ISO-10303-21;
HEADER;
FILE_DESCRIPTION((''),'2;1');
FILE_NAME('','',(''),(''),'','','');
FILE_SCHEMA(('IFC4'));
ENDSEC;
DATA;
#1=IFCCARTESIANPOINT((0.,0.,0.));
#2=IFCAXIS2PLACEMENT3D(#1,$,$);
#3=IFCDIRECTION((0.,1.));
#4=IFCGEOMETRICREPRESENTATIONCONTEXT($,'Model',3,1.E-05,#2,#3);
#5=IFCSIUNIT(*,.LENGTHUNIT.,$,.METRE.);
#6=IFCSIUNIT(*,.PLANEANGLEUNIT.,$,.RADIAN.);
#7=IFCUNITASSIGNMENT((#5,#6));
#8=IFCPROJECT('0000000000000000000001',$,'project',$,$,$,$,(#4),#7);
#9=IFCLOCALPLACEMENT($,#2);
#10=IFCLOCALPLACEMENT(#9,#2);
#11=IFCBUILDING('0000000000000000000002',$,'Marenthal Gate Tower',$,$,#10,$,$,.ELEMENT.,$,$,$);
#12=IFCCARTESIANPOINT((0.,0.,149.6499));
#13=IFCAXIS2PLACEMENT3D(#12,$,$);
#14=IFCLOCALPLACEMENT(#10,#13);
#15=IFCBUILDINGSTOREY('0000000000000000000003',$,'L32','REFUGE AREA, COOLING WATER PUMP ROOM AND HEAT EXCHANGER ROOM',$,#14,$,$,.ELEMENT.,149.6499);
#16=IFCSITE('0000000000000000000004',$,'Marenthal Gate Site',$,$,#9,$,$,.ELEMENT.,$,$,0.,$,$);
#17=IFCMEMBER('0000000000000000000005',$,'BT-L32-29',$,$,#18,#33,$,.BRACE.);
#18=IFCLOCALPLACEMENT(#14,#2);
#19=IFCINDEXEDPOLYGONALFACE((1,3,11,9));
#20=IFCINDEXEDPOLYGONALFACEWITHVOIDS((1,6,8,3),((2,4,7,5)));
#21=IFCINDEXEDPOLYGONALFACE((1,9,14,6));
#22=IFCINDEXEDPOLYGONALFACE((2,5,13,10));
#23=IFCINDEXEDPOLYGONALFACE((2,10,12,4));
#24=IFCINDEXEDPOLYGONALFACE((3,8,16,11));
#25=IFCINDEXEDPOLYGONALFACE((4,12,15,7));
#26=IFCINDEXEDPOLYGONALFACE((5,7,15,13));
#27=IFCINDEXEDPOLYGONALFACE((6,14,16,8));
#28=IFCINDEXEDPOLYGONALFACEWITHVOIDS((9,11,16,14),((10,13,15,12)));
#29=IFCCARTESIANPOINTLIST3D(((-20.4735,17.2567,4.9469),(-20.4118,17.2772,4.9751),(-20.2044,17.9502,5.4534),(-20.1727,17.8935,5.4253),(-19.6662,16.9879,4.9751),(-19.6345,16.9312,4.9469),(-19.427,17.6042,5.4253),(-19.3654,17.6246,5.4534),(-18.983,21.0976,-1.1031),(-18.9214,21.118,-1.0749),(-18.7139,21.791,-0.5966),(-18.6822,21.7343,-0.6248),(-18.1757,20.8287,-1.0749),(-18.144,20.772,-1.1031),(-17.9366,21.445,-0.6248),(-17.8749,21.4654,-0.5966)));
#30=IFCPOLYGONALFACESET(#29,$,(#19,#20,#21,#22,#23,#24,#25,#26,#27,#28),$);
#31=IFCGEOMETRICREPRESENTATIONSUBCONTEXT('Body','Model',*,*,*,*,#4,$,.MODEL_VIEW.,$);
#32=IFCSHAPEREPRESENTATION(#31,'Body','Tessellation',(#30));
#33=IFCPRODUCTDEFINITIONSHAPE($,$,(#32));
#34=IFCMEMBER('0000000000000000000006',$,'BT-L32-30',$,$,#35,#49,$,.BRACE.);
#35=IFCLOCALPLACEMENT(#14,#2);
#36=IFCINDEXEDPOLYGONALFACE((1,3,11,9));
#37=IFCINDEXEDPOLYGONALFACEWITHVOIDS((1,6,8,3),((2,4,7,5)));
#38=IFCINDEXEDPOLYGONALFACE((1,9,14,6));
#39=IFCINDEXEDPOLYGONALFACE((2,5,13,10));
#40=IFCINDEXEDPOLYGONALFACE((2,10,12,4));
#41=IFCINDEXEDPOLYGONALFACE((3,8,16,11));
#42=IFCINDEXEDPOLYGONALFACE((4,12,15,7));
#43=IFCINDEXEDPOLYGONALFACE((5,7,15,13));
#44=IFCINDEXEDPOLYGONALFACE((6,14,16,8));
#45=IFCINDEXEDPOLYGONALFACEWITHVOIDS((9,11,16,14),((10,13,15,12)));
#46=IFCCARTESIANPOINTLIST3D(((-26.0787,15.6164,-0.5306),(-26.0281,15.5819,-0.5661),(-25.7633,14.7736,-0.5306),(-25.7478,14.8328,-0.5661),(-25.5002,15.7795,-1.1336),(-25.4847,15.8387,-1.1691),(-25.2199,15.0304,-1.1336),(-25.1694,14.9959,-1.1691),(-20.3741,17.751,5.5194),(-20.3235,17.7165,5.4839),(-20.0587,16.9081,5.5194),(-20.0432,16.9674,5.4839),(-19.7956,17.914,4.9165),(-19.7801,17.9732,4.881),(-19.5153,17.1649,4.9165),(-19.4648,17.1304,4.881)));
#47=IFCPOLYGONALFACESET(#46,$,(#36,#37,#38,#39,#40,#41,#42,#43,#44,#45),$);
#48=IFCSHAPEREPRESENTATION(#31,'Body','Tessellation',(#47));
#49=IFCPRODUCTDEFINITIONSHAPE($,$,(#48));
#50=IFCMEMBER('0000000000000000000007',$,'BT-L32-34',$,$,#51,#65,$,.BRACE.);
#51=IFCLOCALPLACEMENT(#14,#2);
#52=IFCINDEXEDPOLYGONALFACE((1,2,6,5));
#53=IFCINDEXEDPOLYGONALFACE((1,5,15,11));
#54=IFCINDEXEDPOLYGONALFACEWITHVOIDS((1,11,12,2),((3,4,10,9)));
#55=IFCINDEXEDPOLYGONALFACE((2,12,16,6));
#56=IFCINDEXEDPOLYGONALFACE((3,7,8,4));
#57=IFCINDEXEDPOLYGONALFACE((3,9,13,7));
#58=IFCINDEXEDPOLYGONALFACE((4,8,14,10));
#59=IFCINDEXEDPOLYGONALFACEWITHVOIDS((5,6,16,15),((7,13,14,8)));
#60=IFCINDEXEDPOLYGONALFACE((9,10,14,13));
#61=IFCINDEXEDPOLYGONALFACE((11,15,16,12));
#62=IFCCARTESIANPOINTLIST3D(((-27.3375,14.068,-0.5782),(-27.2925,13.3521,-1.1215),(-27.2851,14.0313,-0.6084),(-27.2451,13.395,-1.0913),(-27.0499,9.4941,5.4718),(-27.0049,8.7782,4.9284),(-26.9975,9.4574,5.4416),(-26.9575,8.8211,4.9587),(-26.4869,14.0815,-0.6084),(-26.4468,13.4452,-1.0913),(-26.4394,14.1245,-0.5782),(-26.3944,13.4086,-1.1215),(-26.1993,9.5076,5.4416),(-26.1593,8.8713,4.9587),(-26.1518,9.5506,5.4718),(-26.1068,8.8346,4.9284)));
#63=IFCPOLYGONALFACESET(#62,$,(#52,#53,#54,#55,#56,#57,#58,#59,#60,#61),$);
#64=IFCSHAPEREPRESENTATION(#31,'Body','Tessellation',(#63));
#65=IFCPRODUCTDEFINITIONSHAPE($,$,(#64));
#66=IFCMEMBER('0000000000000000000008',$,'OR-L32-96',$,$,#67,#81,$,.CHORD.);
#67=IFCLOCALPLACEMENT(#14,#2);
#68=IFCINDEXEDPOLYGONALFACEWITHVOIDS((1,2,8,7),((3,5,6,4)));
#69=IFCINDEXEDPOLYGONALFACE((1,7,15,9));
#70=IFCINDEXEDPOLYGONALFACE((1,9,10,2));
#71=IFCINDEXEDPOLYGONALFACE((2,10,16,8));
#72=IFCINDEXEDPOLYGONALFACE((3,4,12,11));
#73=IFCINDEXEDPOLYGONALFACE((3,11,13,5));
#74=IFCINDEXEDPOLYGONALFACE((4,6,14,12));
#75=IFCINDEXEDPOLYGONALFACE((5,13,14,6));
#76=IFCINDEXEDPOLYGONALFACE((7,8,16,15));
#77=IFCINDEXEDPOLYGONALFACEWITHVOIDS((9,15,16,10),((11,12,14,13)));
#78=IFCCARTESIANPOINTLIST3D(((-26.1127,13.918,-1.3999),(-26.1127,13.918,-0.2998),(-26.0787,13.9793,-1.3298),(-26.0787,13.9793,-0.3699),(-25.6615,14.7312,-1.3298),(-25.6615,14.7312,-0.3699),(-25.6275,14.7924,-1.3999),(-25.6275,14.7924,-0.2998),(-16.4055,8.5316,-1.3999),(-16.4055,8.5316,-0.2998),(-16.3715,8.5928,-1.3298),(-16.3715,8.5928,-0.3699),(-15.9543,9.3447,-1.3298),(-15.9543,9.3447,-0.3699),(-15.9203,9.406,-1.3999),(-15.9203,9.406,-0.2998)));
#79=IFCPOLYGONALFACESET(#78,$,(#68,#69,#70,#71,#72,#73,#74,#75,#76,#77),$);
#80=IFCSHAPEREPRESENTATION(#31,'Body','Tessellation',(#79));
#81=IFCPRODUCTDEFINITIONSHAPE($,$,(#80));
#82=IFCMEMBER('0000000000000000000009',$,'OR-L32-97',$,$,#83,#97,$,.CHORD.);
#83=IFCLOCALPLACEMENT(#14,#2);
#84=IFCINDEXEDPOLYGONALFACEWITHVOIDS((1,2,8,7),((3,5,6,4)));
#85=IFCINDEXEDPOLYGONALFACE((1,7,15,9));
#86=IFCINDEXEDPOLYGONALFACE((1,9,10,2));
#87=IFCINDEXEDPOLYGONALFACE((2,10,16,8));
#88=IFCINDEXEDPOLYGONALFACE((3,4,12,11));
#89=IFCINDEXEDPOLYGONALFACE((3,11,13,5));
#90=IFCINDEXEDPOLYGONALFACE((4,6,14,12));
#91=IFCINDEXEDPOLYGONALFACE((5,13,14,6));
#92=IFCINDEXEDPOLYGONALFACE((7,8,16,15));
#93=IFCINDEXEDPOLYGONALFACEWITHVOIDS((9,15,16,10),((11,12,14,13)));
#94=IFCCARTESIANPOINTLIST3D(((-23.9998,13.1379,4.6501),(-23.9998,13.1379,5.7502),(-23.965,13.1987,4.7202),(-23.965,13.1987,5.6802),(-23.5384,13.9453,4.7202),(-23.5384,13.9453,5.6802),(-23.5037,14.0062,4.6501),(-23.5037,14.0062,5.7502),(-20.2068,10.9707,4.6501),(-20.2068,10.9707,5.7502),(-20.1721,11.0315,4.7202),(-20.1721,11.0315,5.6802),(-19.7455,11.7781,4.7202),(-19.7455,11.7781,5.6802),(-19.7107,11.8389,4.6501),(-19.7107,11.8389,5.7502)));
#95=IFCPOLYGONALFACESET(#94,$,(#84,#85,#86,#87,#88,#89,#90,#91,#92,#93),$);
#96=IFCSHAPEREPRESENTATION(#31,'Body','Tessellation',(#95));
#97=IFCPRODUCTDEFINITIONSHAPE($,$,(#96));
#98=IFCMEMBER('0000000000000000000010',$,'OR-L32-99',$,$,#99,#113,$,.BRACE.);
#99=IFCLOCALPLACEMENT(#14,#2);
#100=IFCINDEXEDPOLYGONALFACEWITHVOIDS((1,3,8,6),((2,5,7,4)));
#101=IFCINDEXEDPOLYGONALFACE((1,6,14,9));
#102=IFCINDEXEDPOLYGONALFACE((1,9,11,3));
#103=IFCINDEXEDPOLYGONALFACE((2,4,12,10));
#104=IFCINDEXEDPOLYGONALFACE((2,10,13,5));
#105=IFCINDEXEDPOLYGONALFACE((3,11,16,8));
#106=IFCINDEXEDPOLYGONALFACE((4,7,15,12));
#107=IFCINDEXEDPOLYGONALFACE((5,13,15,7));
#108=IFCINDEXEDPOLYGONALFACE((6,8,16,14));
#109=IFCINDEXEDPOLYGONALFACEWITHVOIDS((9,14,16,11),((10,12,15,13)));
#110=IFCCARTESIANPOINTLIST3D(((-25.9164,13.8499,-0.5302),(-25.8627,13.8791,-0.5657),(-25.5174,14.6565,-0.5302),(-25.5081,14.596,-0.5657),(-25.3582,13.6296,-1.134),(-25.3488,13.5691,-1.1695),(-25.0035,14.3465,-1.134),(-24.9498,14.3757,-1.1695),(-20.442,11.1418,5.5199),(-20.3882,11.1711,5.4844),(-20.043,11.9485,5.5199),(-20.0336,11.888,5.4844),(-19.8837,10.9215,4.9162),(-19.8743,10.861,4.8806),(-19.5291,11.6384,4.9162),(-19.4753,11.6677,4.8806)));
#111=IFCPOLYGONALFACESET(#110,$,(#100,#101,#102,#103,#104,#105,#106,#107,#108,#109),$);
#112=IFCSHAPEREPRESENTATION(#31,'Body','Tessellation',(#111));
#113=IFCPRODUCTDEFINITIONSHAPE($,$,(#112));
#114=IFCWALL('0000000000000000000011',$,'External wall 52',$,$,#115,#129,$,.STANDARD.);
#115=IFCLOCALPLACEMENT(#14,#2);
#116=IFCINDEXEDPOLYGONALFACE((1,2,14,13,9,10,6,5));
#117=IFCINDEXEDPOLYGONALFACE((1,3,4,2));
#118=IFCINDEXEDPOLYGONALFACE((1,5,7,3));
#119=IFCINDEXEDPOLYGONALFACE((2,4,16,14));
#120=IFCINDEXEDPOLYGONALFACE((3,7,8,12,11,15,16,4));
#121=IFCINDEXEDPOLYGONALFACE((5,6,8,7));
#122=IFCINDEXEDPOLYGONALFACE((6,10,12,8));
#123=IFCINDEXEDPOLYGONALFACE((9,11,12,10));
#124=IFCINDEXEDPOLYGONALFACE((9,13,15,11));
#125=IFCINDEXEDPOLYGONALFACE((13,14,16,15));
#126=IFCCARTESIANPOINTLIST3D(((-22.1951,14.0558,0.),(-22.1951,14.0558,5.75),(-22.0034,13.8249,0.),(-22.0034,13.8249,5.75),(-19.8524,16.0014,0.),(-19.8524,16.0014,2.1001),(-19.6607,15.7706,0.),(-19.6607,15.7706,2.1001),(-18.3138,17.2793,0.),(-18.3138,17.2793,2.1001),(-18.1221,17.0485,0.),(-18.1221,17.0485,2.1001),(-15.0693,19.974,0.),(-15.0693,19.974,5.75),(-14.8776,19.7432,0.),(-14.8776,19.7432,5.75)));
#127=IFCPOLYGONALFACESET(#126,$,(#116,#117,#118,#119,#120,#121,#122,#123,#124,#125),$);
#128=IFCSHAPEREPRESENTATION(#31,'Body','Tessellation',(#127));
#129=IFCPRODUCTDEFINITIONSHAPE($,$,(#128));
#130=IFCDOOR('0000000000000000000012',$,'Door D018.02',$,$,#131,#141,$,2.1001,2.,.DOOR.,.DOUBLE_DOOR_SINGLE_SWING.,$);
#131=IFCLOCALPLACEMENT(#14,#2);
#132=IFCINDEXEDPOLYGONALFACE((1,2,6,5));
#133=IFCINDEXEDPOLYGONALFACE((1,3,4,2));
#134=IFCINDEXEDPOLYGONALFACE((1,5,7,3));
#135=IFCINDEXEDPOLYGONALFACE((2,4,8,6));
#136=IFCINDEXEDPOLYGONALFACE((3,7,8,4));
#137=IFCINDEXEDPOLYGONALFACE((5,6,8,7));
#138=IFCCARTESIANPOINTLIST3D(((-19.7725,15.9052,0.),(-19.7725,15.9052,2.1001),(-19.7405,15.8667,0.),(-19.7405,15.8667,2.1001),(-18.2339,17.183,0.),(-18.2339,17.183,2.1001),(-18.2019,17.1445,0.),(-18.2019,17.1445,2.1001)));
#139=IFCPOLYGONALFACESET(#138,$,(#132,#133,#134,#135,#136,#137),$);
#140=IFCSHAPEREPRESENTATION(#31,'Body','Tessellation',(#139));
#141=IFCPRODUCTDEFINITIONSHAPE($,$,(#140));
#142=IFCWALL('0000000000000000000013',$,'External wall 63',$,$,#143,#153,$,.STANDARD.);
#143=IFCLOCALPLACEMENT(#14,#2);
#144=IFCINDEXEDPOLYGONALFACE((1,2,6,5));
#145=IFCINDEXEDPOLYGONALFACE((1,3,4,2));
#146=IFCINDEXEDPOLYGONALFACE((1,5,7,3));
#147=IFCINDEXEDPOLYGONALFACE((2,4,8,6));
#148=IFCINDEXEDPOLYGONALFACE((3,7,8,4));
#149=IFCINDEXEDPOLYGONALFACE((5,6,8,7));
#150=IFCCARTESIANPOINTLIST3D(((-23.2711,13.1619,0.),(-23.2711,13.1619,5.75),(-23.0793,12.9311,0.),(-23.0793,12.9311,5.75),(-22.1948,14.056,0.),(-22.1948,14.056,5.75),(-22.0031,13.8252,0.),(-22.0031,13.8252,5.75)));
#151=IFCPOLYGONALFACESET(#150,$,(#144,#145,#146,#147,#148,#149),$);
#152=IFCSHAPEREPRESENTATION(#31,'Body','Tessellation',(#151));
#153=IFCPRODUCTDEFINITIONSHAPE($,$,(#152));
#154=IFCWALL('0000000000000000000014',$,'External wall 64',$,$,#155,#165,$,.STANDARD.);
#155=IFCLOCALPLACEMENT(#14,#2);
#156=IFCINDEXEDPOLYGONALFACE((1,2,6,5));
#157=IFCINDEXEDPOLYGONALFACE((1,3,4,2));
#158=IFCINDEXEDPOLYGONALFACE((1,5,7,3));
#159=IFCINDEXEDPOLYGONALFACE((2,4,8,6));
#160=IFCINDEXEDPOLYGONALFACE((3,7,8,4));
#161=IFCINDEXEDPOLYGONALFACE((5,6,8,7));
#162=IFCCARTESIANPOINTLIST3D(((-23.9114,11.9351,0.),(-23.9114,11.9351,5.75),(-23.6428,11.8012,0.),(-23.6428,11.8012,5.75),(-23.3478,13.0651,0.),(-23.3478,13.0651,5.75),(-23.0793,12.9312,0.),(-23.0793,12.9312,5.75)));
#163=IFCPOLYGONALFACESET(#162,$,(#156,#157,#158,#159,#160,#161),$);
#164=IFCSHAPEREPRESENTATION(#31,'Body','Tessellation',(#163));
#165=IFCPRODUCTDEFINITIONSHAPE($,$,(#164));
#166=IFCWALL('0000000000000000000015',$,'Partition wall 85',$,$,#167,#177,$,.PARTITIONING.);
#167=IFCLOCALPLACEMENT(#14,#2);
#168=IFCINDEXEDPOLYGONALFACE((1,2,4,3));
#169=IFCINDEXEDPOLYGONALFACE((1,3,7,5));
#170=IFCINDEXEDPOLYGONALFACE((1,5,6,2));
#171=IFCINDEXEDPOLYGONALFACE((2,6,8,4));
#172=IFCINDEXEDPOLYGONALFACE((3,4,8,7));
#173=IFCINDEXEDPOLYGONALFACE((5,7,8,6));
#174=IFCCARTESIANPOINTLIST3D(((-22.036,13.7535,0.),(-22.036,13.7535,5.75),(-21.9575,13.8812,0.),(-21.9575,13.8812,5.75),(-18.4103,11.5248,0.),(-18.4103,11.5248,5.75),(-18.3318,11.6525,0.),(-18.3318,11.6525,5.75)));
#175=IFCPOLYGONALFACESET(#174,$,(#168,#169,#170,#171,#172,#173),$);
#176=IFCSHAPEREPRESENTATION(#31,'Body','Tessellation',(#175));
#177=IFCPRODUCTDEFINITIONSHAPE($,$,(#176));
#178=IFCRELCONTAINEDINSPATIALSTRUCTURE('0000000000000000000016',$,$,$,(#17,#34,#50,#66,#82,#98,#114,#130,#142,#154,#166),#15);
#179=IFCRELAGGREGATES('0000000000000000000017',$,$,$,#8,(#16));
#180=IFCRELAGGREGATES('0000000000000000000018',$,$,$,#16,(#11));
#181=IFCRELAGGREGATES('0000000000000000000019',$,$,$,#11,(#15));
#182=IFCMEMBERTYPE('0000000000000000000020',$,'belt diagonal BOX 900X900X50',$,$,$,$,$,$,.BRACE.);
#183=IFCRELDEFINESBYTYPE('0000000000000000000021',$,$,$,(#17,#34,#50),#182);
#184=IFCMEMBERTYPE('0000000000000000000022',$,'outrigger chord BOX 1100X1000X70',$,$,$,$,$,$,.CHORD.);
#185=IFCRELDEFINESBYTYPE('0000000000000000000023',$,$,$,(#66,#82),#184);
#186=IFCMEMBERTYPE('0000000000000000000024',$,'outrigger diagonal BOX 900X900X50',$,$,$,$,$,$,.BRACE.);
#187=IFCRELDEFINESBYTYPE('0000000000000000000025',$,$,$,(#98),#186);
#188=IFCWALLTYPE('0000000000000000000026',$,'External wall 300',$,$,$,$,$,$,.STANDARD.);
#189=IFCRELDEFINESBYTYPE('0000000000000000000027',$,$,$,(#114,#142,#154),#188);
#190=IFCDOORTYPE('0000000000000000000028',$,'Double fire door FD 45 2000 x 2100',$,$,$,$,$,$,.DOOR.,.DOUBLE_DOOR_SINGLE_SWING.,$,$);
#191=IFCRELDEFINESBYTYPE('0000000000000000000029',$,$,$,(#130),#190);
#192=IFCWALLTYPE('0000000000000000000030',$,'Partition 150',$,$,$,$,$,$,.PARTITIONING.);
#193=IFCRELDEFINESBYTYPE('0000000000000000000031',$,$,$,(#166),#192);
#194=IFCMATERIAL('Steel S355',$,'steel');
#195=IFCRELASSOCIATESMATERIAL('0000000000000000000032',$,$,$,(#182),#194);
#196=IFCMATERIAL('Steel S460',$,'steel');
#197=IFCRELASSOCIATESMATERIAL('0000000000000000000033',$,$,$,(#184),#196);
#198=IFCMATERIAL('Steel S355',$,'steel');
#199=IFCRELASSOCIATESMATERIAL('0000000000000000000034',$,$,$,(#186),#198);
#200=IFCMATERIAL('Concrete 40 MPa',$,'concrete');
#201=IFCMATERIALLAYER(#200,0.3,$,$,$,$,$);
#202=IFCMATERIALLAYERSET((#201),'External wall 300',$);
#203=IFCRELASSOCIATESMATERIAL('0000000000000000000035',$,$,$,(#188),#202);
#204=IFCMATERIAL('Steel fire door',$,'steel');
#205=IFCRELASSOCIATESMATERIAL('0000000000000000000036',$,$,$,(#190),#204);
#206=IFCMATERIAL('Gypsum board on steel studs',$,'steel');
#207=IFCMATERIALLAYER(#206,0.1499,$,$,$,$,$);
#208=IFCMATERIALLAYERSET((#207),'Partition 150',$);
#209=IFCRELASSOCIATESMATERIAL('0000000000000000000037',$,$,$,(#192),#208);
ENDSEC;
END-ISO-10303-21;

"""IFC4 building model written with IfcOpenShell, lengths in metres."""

from ifc_helpers import new_model, si_unit, direction, frame, frame_2d, origin, origin_2d, place, context, subcontext, project, spatial, rectangle, hollow_rectangle, extrude, material, layer, layer_set, material_profile, profile_set, type_object, element, fill, save


model = new_model("IFC4")

# Units and contexts
model_context = context("Model", 3, precision=1e-05, world=origin(), true_north=direction((0.0, 1.0)))
body_context = subcontext(model_context, "Body", "Model", "MODEL_VIEW")
ifc_project = project(units=[si_unit("LENGTHUNIT", "METRE"), si_unit("PLANEANGLEUNIT", "RADIAN")], contexts=[model_context])

# Site, building, storey
site_placement = place(None, origin())
site = spatial("IfcSite", under=ifc_project, at=site_placement, Name="Marenthal Gate Site", CompositionType="ELEMENT", RefElevation=0.0)
building_placement = place(site_placement, origin())
building = spatial("IfcBuilding", under=site, at=building_placement, Name="Marenthal Gate Tower", CompositionType="ELEMENT")
storey_placement = place(building_placement, frame((0.0, 0.0, 149.6499)))
storey = spatial("IfcBuildingStorey", under=building, at=storey_placement, Name="L32", Description="REFUGE AREA, COOLING WATER PUMP ROOM AND HEAT EXCHANGER ROOM", CompositionType="ELEMENT", Elevation=149.6499)

# Members
ifc_material_1 = material(Name="Steel S355", Category="steel")
ifc_material_profile_1 = material_profile(ifc_material_1, hollow_rectangle(XDim=0.8999, YDim=0.8999, WallThickness=0.05, at=origin_2d()), Name="BOX 900X900X50")
ifc_profile_set_1 = profile_set([ifc_material_profile_1], Name="Steel S355")
member_type_1 = type_object("IfcMemberType", Name="belt diagonal BOX 900X900X50", PredefinedType="BRACE", material=ifc_profile_set_1)
member_1_placement = place(storey_placement, frame((-18.429, 21.2815, -0.8499), z_axis=(-0.203628, -0.524731, 0.826555), x_axis=(0.932265, -0.361777, 0.0)))
element("IfcMember", 1, at=member_1_placement, inside=storey, type_object=member_type_1, Name="BT-L32-29", PredefinedType="BRACE", context=body_context, shape_type="SweptSolid", body=[
    extrude(hollow_rectangle(XDim=0.8999, YDim=0.8999, WallThickness=0.05, at=origin_2d()), origin(), (0.0, 0.0, 1.0), 7.3196),
])
member_2_placement = place(storey_placement, frame((-19.9194, 17.4407, 5.2002), z_axis=(-0.664486, -0.248635, -0.704726), x_axis=(0.350447, -0.936583, 0.0)))
element("IfcMember", 2, at=member_2_placement, inside=storey, type_object=member_type_1, Name="BT-L32-30", PredefinedType="BRACE", context=body_context, shape_type="SweptSolid", body=[
    extrude(hollow_rectangle(XDim=0.8999, YDim=0.8999, WallThickness=0.05, at=origin_2d()), origin(), (0.0, 0.0, 1.0), 8.585),
])
member_3_placement = place(storey_placement, frame((-26.866, 13.7383, -0.8499), z_axis=(0.037892, -0.602637, 0.797115), x_axis=(0.998029, 0.062753, 0.0)))
element("IfcMember", 3, at=member_3_placement, inside=storey, type_object=member_type_1, Name="BT-L32-34", PredefinedType="BRACE", context=body_context, shape_type="SweptSolid", body=[
    extrude(hollow_rectangle(XDim=0.8999, YDim=0.8999, WallThickness=0.05, at=origin_2d()), origin(), (0.0, 0.0, 1.0), 7.5898),
])
ifc_material_2 = material(Name="Steel S460", Category="steel")
ifc_material_profile_2 = material_profile(ifc_material_2, hollow_rectangle(XDim=1.0, YDim=1.1001, WallThickness=0.0701, at=origin_2d()), Name="BOX 1100X1000X70")
ifc_profile_set_2 = profile_set([ifc_material_profile_2], Name="Steel S460")
member_type_2 = type_object("IfcMemberType", Name="outrigger chord BOX 1100X1000X70", PredefinedType="CHORD", material=ifc_profile_set_2)
member_4_placement = place(storey_placement, frame((-25.8701, 14.3552, -0.8499), z_axis=(0.874404, -0.485198, 0.0), x_axis=(0.485198, 0.874404, 0.0)))
element("IfcMember", 4, at=member_4_placement, inside=storey, type_object=member_type_2, Name="OR-L32-96", PredefinedType="CHORD", context=body_context, shape_type="SweptSolid", body=[
    extrude(hollow_rectangle(XDim=1.0, YDim=1.1001, WallThickness=0.0701, at=origin_2d()), origin(), (0.0, 0.0, 1.0), 11.1016),
])
member_5_placement = place(storey_placement, frame((-23.7517, 13.572, 5.2002), z_axis=(0.86826, -0.496109, 0.0), x_axis=(0.496109, 0.86826, 0.0)))
element("IfcMember", 5, at=member_5_placement, inside=storey, type_object=member_type_2, Name="OR-L32-97", PredefinedType="CHORD", context=body_context, shape_type="SweptSolid", body=[
    extrude(hollow_rectangle(XDim=1.0, YDim=1.1001, WallThickness=0.0701, at=origin_2d()), origin(), (0.0, 0.0, 1.0), 4.3684),
])
ifc_material_3 = material(Name="Steel S355", Category="steel")
ifc_material_profile_3 = material_profile(ifc_material_3, hollow_rectangle(XDim=0.8999, YDim=0.8999, WallThickness=0.05, at=origin_2d()), Name="BOX 900X900X50")
ifc_profile_set_3 = profile_set([ifc_material_profile_3], Name="Steel S355")
member_type_3 = type_object("IfcMemberType", Name="outrigger diagonal BOX 900X900X50", PredefinedType="BRACE", material=ifc_profile_set_3)
member_6_placement = place(storey_placement, frame((-25.4331, 14.1128, -0.8499), z_axis=(0.636791, -0.315002, 0.703755), x_axis=(0.443388, 0.89633, 0.0)))
element("IfcMember", 6, at=member_6_placement, inside=storey, type_object=member_type_3, Name="OR-L32-99", PredefinedType="BRACE", context=body_context, shape_type="SweptSolid", body=[
    extrude(hollow_rectangle(XDim=0.8999, YDim=0.8999, WallThickness=0.05, at=origin_2d()), origin(), (0.0, 0.0, 1.0), 8.5969),
])

# Wall, opening, door
ifc_material_4 = material(Name="Concrete 40 MPa", Category="concrete")
ifc_layer_1 = layer(ifc_material_4, 0.3)
ifc_layer_set_1 = layer_set([ifc_layer_1], Name="External wall 300")
wall_type_1 = type_object("IfcWallType", Name="External wall 300", PredefinedType="STANDARD", material=ifc_layer_set_1)
wall_1_placement = place(storey_placement, frame((-22.0991, 13.9404, 0.0), z_axis=(0.0, 0.0, 1.0), x_axis=(0.769277, 0.638916, 0.0)))
wall_1 = element("IfcWall", 7, at=wall_1_placement, inside=storey, type_object=wall_type_1, Name="External wall 52", PredefinedType="STANDARD", context=body_context, shape_type="SweptSolid", body=[
    extrude(rectangle(XDim=9.2629, YDim=0.3, at=frame_2d((4.6313, 0.0))), origin(), (0.0, 0.0, 1.0), 5.75),
])
opening_placement = place(wall_1_placement, frame((3.0452, 0.0, 0.0)))
opening = element("IfcOpeningElement", 8, at=opening_placement, cuts=wall_1, PredefinedType="OPENING", context=body_context, shape_type="SweptSolid", body=[
    extrude(rectangle(XDim=2.0, YDim=2.1001, at=frame_2d((1.0, 1.05))), frame((0.0, 0.1602, 0.0), z_axis=(0.0, -1.0, 0.0), x_axis=(1.0, 0.0, 0.0)), (0.0, 0.0, 1.0), 0.3201),
])
ifc_material_5 = material(Name="Steel fire door", Category="steel")
door_type = type_object("IfcDoorType", Name="Double fire door FD 45 2000 x 2100", OperationType="DOUBLE_DOOR_SINGLE_SWING", PredefinedType="DOOR", material=ifc_material_5)
door_placement = place(opening_placement, origin())
door = element("IfcDoor", 9, at=door_placement, inside=storey, type_object=door_type, Name="Door D018.02", OperationType="DOUBLE_DOOR_SINGLE_SWING", OverallHeight=2.1001, OverallWidth=2.0, PredefinedType="DOOR", context=body_context, shape_type="SweptSolid", body=[
    extrude(rectangle(XDim=2.0, YDim=2.1001, at=frame_2d((1.0, 1.05))), frame((0.0, 0.0249, 0.0), z_axis=(0.0, -1.0, 0.0), x_axis=(1.0, 0.0, 0.0)), (0.0, 0.0, 1.0), 0.05),
])
fill(opening, door)

# Walls
wall_2_placement = place(storey_placement, frame((-23.1753, 13.0464, 0.0), z_axis=(0.0, 0.0, 1.0), x_axis=(0.769193, 0.639017, 0.0)))
element("IfcWall", 10, at=wall_2_placement, inside=storey, type_object=wall_type_1, Name="External wall 63", PredefinedType="STANDARD", context=body_context, shape_type="SweptSolid", body=[
    extrude(rectangle(XDim=1.3992, YDim=0.3, at=frame_2d((0.6997, 0.0))), origin(), (0.0, 0.0, 1.0), 5.75),
])
wall_3_placement = place(storey_placement, frame((-23.7771, 11.8682, 0.0), z_axis=(0.0, 0.0, 1.0), x_axis=(0.446285, 0.894891, 0.0)))
element("IfcWall", 11, at=wall_3_placement, inside=storey, type_object=wall_type_1, Name="External wall 64", PredefinedType="STANDARD", context=body_context, shape_type="SweptSolid", body=[
    extrude(rectangle(XDim=1.2627, YDim=0.3, at=frame_2d((0.6313, 0.0))), origin(), (0.0, 0.0, 1.0), 5.75),
])
ifc_material_6 = material(Name="Gypsum board on steel studs", Category="steel")
ifc_layer_2 = layer(ifc_material_6, 0.1499)
ifc_layer_set_2 = layer_set([ifc_layer_2], Name="Partition 150")
wall_type_2 = type_object("IfcWallType", Name="Partition 150", PredefinedType="PARTITIONING", material=ifc_layer_set_2)
wall_4_placement = place(storey_placement, frame((-18.3711, 11.5886, 0.0), z_axis=(0.0, 0.0, 1.0), x_axis=(-0.851916, 0.523678, 0.0)))
element("IfcWall", 12, at=wall_4_placement, inside=storey, type_object=wall_type_2, Name="Partition wall 85", PredefinedType="PARTITIONING", context=body_context, shape_type="SweptSolid", body=[
    extrude(rectangle(XDim=4.2559, YDim=0.1499, at=frame_2d((2.1279, 0.0))), origin(), (0.0, 0.0, 1.0), 5.75),
])

save(model, "model.ifc")
